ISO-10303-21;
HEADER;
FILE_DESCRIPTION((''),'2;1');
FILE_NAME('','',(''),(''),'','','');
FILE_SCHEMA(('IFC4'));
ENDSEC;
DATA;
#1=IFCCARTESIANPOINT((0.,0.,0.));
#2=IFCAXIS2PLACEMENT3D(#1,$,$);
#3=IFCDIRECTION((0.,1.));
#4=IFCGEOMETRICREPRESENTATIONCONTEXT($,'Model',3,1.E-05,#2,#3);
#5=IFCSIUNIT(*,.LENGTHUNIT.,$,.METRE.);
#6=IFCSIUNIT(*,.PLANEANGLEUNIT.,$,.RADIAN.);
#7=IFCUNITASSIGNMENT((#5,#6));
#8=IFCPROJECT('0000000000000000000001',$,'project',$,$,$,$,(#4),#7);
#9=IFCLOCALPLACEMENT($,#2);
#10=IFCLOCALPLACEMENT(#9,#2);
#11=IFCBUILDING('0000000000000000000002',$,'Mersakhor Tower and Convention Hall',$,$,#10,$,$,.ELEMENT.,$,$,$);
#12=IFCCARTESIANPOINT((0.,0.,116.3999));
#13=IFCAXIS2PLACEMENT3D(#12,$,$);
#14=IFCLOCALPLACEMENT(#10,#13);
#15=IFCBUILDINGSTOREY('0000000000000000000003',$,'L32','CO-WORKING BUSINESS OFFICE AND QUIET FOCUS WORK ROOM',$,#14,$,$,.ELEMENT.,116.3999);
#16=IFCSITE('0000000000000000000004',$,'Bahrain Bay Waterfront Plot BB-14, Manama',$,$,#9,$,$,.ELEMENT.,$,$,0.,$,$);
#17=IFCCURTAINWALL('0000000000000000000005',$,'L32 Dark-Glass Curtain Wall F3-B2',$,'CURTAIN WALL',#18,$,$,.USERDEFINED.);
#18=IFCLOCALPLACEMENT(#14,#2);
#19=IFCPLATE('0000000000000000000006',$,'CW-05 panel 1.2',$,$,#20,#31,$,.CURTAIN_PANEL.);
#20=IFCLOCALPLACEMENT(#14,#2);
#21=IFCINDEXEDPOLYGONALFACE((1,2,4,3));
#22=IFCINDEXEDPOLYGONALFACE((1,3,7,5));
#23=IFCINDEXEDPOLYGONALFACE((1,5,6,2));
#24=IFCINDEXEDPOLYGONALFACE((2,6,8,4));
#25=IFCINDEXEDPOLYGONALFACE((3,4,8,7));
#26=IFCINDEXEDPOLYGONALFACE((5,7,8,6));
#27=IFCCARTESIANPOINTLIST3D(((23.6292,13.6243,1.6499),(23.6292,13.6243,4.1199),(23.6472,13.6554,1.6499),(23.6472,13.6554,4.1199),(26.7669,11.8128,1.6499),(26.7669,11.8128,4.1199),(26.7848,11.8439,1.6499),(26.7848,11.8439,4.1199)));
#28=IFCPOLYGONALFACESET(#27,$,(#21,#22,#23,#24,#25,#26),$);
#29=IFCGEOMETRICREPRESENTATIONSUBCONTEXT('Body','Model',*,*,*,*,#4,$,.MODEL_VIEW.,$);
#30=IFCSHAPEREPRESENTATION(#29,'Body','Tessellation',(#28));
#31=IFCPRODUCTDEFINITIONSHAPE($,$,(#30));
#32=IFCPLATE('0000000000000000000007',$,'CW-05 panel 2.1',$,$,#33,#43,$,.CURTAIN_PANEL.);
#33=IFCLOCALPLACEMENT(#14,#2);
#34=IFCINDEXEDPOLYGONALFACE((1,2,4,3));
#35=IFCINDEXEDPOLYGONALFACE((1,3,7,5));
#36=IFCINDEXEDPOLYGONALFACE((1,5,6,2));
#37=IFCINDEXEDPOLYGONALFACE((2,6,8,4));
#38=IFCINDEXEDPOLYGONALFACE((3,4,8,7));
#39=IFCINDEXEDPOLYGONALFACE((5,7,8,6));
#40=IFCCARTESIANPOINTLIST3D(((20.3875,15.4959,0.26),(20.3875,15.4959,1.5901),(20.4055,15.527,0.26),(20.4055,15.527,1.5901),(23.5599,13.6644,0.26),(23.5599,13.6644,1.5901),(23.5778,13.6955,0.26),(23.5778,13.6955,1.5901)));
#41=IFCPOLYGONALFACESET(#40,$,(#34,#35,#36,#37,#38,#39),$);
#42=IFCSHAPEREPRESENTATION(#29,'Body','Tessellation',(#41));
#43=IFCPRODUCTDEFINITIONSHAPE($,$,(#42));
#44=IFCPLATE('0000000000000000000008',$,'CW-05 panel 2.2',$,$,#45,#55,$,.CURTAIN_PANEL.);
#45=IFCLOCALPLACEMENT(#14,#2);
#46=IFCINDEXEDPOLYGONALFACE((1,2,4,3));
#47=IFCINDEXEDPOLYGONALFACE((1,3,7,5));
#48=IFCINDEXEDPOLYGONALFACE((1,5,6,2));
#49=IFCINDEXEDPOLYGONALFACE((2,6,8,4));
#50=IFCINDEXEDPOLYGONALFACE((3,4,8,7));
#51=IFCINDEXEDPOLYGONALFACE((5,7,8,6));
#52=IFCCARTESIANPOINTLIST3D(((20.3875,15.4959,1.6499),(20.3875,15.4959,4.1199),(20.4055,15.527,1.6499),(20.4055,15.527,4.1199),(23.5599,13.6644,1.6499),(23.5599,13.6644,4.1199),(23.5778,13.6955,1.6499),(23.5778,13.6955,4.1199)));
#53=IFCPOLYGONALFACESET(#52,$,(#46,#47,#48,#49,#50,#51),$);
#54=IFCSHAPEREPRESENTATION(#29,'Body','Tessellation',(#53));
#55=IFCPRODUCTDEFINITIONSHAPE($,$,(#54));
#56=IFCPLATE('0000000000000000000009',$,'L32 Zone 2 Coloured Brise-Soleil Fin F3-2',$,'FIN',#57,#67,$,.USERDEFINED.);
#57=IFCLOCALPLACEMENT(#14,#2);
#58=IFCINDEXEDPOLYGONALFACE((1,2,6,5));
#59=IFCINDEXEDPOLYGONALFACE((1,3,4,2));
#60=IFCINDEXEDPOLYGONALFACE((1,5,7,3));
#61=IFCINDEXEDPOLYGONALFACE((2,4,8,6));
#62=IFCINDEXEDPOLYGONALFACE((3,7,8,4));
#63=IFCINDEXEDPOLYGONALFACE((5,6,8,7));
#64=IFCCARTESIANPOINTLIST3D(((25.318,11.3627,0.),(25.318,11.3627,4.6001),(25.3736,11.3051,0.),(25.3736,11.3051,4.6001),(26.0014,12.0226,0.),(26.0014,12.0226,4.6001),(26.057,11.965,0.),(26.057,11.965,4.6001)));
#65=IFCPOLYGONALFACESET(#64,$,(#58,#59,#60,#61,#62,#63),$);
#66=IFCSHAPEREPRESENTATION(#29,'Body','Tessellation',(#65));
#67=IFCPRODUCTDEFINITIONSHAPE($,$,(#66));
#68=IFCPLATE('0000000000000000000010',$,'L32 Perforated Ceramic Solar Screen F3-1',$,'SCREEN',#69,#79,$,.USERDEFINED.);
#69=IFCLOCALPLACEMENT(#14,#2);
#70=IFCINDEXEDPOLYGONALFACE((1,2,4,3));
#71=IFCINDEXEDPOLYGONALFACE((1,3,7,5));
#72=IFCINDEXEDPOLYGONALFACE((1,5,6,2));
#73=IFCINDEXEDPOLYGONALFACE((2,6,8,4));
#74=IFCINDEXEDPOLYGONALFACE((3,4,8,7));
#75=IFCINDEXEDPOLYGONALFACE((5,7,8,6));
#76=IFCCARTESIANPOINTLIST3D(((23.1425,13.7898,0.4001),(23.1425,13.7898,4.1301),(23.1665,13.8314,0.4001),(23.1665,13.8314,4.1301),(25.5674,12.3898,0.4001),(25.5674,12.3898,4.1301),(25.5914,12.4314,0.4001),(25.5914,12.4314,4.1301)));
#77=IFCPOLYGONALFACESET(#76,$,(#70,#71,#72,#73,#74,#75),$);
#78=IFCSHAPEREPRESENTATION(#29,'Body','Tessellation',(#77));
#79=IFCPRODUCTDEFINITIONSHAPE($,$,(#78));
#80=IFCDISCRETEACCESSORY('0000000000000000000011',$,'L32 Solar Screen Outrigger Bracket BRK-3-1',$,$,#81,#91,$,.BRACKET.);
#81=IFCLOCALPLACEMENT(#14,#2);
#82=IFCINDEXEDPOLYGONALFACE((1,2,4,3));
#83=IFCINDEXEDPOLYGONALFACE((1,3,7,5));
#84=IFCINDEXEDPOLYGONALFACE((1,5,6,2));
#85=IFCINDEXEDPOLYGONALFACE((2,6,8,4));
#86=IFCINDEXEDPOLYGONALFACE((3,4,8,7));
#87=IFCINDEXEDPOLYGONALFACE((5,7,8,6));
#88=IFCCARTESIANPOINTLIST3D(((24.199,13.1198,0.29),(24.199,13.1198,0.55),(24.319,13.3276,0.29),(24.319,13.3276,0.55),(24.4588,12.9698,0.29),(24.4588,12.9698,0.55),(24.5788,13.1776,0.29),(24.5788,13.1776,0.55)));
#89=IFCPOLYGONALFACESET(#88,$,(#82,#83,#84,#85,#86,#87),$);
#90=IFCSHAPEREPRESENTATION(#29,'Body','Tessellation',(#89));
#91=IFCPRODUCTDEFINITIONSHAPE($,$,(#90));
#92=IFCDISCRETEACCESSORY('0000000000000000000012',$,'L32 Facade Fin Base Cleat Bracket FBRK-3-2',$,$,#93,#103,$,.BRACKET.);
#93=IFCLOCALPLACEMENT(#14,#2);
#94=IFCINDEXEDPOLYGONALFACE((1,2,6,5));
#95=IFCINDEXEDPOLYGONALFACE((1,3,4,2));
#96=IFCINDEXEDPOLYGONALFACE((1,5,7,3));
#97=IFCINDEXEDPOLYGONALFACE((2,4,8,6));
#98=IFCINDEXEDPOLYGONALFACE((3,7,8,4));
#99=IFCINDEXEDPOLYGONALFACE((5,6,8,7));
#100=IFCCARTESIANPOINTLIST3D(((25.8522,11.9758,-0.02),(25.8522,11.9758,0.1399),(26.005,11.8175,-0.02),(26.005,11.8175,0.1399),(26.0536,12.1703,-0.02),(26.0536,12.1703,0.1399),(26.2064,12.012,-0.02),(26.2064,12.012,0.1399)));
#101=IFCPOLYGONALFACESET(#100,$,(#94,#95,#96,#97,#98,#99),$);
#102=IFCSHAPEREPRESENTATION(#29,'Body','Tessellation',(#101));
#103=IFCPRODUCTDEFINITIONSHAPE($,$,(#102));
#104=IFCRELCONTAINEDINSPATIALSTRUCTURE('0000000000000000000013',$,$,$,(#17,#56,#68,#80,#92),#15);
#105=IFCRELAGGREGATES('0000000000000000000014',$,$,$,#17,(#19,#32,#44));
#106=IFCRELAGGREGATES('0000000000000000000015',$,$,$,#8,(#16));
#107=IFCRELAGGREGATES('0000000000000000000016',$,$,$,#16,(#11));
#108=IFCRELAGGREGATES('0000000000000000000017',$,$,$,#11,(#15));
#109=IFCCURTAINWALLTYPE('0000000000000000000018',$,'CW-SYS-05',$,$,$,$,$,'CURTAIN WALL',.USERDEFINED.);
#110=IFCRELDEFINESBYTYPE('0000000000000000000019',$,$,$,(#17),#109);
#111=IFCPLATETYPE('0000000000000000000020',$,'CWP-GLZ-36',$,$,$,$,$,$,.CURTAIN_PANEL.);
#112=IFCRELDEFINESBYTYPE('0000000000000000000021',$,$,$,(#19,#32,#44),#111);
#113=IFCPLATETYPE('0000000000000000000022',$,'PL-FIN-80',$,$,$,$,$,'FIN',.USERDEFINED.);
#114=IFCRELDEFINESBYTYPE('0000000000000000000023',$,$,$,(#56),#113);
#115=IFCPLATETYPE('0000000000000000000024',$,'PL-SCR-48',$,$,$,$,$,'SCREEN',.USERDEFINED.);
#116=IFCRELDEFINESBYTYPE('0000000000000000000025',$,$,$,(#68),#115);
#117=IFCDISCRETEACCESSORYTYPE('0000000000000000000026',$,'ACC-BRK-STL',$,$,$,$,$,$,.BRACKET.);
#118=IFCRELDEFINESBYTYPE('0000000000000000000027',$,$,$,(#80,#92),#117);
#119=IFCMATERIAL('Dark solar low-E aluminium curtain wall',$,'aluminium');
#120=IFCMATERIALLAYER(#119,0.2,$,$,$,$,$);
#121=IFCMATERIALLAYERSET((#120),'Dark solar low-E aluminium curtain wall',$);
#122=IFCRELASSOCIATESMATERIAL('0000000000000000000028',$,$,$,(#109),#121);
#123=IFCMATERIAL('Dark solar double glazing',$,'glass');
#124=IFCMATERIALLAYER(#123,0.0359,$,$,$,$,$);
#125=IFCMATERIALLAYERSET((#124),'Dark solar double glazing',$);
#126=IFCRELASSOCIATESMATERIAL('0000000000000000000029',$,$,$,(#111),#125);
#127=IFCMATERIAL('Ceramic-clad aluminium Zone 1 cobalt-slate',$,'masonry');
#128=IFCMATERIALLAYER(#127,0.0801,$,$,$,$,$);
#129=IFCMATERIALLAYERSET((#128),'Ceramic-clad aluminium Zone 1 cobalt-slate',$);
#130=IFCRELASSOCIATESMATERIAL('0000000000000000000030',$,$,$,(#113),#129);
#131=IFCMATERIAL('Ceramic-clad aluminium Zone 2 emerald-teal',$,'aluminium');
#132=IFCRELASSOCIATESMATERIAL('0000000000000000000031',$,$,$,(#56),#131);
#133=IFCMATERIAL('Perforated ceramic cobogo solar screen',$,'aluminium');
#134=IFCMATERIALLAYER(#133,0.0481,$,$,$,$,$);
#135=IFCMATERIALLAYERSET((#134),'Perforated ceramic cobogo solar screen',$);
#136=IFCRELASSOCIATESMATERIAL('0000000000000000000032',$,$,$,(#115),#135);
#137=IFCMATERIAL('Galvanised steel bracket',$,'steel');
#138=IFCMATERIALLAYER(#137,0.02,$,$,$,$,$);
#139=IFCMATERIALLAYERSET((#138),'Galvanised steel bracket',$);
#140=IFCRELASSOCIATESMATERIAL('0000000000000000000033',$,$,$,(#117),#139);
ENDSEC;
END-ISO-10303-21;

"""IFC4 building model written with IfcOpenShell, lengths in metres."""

from ifc_helpers import new_model, si_unit, direction, frame, origin, origin_2d, place, context, subcontext, project, spatial, rectangle, extrude, material, layer, layer_set, type_object, element, aggregate, save


model = new_model("IFC4")

# Units and contexts
model_context = context("Model", 3, precision=1e-05, world=origin(), true_north=direction((0.0, 1.0)))
body_context = subcontext(model_context, "Body", "Model", "MODEL_VIEW")
ifc_project = project(units=[si_unit("LENGTHUNIT", "METRE"), si_unit("PLANEANGLEUNIT", "RADIAN")], contexts=[model_context])

# Site, building, storey
site_placement = place(None, origin())
site = spatial("IfcSite", under=ifc_project, at=site_placement, Name="Bahrain Bay Waterfront Plot BB-14, Manama", CompositionType="ELEMENT", RefElevation=0.0)
building_placement = place(site_placement, origin())
building = spatial("IfcBuilding", under=site, at=building_placement, Name="Mersakhor Tower and Convention Hall", CompositionType="ELEMENT")
storey_placement = place(building_placement, frame((0.0, 0.0, 116.3999)))
storey = spatial("IfcBuildingStorey", under=building, at=storey_placement, Name="L32", Description="CO-WORKING BUSINESS OFFICE AND QUIET FOCUS WORK ROOM", CompositionType="ELEMENT", Elevation=116.3999)

# Curtain wall, plates
ifc_material_1 = material(Name="Dark solar low-E aluminium curtain wall", Category="aluminium")
ifc_layer_1 = layer(ifc_material_1, 0.2)
ifc_layer_set_1 = layer_set([ifc_layer_1], Name="Dark solar low-E aluminium curtain wall")
curtain_wall_type = type_object("IfcCurtainWallType", Name="CW-SYS-05", ElementType="CURTAIN WALL", PredefinedType="USERDEFINED", material=ifc_layer_set_1)
curtain_wall_placement = place(storey_placement, origin())
curtain_wall = element("IfcCurtainWall", 1, at=curtain_wall_placement, inside=storey, type_object=curtain_wall_type, Name="L32 Dark-Glass Curtain Wall F3-B2", ObjectType="CURTAIN WALL", PredefinedType="USERDEFINED")
ifc_material_2 = material(Name="Dark solar double glazing", Category="glass")
ifc_layer_2 = layer(ifc_material_2, 0.0359)
ifc_layer_set_2 = layer_set([ifc_layer_2], Name="Dark solar double glazing")
plate_type_1 = type_object("IfcPlateType", Name="CWP-GLZ-36", PredefinedType="CURTAIN_PANEL", material=ifc_layer_set_2)
plate_1_placement = place(storey_placement, frame((25.207, 12.7341, 1.6499), z_axis=(0.0, 0.0, 1.0), x_axis=(-0.866027, 0.499998, 0.0)))
plate_1 = element("IfcPlate", 2, at=plate_1_placement, type_object=plate_type_1, Name="CW-05 panel 1.2", PredefinedType="CURTAIN_PANEL", context=body_context, shape_type="SweptSolid", body=[
    extrude(rectangle(XDim=3.623, YDim=0.0359, at=origin_2d()), origin(), (0.0, 0.0, 1.0), 2.47),
])
plate_2_placement = place(storey_placement, frame((21.9827, 14.5957, 0.26), z_axis=(0.0, 0.0, 1.0), x_axis=(-0.866027, 0.499998, 0.0)))
plate_2 = element("IfcPlate", 3, at=plate_2_placement, type_object=plate_type_1, Name="CW-05 panel 2.1", PredefinedType="CURTAIN_PANEL", context=body_context, shape_type="SweptSolid", body=[
    extrude(rectangle(XDim=3.6631, YDim=0.0359, at=origin_2d()), origin(), (0.0, 0.0, 1.0), 1.3301),
])
plate_3_placement = place(storey_placement, frame((21.9827, 14.5957, 1.6499), z_axis=(0.0, 0.0, 1.0), x_axis=(-0.866027, 0.499998, 0.0)))
plate_3 = element("IfcPlate", 4, at=plate_3_placement, type_object=plate_type_1, Name="CW-05 panel 2.2", PredefinedType="CURTAIN_PANEL", context=body_context, shape_type="SweptSolid", body=[
    extrude(rectangle(XDim=3.6631, YDim=0.0359, at=origin_2d()), origin(), (0.0, 0.0, 1.0), 2.47),
])
aggregate(curtain_wall, [plate_1, plate_2, plate_3])

# Plates
ifc_material_3 = material(Name="Ceramic-clad aluminium Zone 2 emerald-teal", Category="aluminium")
ifc_material_4 = material(Name="Ceramic-clad aluminium Zone 1 cobalt-slate", Category="masonry")
ifc_layer_3 = layer(ifc_material_4, 0.0801)
ifc_layer_set_3 = layer_set([ifc_layer_3], Name="Ceramic-clad aluminium Zone 1 cobalt-slate")
plate_type_2 = type_object("IfcPlateType", Name="PL-FIN-80", ElementType="FIN", PredefinedType="USERDEFINED", material=ifc_layer_set_3)
plate_4_placement = place(storey_placement, frame((25.6875, 11.6638, 0.0), z_axis=(0.0, 0.0, 1.0), x_axis=(-0.71934, -0.694658, 0.0)))
element("IfcPlate", 5, at=plate_4_placement, inside=storey, type_object=plate_type_2, material=ifc_material_3, Name="L32 Zone 2 Coloured Brise-Soleil Fin F3-2", ObjectType="FIN", PredefinedType="USERDEFINED", context=body_context, shape_type="SweptSolid", body=[
    extrude(rectangle(XDim=0.95, YDim=0.0801, at=origin_2d()), origin(), (0.0, 0.0, 1.0), 4.6001),
])
ifc_material_5 = material(Name="Perforated ceramic cobogo solar screen", Category="aluminium")
ifc_layer_4 = layer(ifc_material_5, 0.0481)
ifc_layer_set_4 = layer_set([ifc_layer_4], Name="Perforated ceramic cobogo solar screen")
plate_type_3 = type_object("IfcPlateType", Name="PL-SCR-48", ElementType="SCREEN", PredefinedType="USERDEFINED", material=ifc_layer_set_4)
plate_5_placement = place(storey_placement, frame((24.3669, 13.1106, 0.4001), z_axis=(0.0, 0.0, 1.0), x_axis=(-0.866025, 0.5, 0.0)))
element("IfcPlate", 6, at=plate_5_placement, inside=storey, type_object=plate_type_3, Name="L32 Perforated Ceramic Solar Screen F3-1", ObjectType="SCREEN", PredefinedType="USERDEFINED", context=body_context, shape_type="SweptSolid", body=[
    extrude(rectangle(XDim=2.8, YDim=0.0481, at=origin_2d()), origin(), (0.0, 0.0, 1.0), 3.73),
])

# Discrete accessories
ifc_material_6 = material(Name="Galvanised steel bracket", Category="steel")
ifc_layer_5 = layer(ifc_material_6, 0.02)
ifc_layer_set_5 = layer_set([ifc_layer_5], Name="Galvanised steel bracket")
discrete_accessory_type = type_object("IfcDiscreteAccessoryType", Name="ACC-BRK-STL", PredefinedType="BRACKET", material=ifc_layer_set_5)
discrete_accessory_1_placement = place(storey_placement, frame((24.3889, 13.1487, 0.29), z_axis=(0.0, 0.0, 1.0), x_axis=(-0.866025, 0.5, 0.0)))
element("IfcDiscreteAccessory", 7, at=discrete_accessory_1_placement, inside=storey, type_object=discrete_accessory_type, Name="L32 Solar Screen Outrigger Bracket BRK-3-1", PredefinedType="BRACKET", context=body_context, shape_type="SweptSolid", body=[
    extrude(rectangle(XDim=0.3, YDim=0.24, at=origin_2d()), origin(), (0.0, 0.0, 1.0), 0.26),
])
discrete_accessory_2_placement = place(storey_placement, frame((26.0293, 11.9939, -0.02), z_axis=(0.0, 0.0, 1.0), x_axis=(-0.71934, -0.694658, 0.0)))
element("IfcDiscreteAccessory", 8, at=discrete_accessory_2_placement, inside=storey, type_object=discrete_accessory_type, Name="L32 Facade Fin Base Cleat Bracket FBRK-3-2", PredefinedType="BRACKET", context=body_context, shape_type="SweptSolid", body=[
    extrude(rectangle(XDim=0.28, YDim=0.22, at=origin_2d()), origin(), (0.0, 0.0, 1.0), 0.1599),
])

save(model, "model.ifc")
